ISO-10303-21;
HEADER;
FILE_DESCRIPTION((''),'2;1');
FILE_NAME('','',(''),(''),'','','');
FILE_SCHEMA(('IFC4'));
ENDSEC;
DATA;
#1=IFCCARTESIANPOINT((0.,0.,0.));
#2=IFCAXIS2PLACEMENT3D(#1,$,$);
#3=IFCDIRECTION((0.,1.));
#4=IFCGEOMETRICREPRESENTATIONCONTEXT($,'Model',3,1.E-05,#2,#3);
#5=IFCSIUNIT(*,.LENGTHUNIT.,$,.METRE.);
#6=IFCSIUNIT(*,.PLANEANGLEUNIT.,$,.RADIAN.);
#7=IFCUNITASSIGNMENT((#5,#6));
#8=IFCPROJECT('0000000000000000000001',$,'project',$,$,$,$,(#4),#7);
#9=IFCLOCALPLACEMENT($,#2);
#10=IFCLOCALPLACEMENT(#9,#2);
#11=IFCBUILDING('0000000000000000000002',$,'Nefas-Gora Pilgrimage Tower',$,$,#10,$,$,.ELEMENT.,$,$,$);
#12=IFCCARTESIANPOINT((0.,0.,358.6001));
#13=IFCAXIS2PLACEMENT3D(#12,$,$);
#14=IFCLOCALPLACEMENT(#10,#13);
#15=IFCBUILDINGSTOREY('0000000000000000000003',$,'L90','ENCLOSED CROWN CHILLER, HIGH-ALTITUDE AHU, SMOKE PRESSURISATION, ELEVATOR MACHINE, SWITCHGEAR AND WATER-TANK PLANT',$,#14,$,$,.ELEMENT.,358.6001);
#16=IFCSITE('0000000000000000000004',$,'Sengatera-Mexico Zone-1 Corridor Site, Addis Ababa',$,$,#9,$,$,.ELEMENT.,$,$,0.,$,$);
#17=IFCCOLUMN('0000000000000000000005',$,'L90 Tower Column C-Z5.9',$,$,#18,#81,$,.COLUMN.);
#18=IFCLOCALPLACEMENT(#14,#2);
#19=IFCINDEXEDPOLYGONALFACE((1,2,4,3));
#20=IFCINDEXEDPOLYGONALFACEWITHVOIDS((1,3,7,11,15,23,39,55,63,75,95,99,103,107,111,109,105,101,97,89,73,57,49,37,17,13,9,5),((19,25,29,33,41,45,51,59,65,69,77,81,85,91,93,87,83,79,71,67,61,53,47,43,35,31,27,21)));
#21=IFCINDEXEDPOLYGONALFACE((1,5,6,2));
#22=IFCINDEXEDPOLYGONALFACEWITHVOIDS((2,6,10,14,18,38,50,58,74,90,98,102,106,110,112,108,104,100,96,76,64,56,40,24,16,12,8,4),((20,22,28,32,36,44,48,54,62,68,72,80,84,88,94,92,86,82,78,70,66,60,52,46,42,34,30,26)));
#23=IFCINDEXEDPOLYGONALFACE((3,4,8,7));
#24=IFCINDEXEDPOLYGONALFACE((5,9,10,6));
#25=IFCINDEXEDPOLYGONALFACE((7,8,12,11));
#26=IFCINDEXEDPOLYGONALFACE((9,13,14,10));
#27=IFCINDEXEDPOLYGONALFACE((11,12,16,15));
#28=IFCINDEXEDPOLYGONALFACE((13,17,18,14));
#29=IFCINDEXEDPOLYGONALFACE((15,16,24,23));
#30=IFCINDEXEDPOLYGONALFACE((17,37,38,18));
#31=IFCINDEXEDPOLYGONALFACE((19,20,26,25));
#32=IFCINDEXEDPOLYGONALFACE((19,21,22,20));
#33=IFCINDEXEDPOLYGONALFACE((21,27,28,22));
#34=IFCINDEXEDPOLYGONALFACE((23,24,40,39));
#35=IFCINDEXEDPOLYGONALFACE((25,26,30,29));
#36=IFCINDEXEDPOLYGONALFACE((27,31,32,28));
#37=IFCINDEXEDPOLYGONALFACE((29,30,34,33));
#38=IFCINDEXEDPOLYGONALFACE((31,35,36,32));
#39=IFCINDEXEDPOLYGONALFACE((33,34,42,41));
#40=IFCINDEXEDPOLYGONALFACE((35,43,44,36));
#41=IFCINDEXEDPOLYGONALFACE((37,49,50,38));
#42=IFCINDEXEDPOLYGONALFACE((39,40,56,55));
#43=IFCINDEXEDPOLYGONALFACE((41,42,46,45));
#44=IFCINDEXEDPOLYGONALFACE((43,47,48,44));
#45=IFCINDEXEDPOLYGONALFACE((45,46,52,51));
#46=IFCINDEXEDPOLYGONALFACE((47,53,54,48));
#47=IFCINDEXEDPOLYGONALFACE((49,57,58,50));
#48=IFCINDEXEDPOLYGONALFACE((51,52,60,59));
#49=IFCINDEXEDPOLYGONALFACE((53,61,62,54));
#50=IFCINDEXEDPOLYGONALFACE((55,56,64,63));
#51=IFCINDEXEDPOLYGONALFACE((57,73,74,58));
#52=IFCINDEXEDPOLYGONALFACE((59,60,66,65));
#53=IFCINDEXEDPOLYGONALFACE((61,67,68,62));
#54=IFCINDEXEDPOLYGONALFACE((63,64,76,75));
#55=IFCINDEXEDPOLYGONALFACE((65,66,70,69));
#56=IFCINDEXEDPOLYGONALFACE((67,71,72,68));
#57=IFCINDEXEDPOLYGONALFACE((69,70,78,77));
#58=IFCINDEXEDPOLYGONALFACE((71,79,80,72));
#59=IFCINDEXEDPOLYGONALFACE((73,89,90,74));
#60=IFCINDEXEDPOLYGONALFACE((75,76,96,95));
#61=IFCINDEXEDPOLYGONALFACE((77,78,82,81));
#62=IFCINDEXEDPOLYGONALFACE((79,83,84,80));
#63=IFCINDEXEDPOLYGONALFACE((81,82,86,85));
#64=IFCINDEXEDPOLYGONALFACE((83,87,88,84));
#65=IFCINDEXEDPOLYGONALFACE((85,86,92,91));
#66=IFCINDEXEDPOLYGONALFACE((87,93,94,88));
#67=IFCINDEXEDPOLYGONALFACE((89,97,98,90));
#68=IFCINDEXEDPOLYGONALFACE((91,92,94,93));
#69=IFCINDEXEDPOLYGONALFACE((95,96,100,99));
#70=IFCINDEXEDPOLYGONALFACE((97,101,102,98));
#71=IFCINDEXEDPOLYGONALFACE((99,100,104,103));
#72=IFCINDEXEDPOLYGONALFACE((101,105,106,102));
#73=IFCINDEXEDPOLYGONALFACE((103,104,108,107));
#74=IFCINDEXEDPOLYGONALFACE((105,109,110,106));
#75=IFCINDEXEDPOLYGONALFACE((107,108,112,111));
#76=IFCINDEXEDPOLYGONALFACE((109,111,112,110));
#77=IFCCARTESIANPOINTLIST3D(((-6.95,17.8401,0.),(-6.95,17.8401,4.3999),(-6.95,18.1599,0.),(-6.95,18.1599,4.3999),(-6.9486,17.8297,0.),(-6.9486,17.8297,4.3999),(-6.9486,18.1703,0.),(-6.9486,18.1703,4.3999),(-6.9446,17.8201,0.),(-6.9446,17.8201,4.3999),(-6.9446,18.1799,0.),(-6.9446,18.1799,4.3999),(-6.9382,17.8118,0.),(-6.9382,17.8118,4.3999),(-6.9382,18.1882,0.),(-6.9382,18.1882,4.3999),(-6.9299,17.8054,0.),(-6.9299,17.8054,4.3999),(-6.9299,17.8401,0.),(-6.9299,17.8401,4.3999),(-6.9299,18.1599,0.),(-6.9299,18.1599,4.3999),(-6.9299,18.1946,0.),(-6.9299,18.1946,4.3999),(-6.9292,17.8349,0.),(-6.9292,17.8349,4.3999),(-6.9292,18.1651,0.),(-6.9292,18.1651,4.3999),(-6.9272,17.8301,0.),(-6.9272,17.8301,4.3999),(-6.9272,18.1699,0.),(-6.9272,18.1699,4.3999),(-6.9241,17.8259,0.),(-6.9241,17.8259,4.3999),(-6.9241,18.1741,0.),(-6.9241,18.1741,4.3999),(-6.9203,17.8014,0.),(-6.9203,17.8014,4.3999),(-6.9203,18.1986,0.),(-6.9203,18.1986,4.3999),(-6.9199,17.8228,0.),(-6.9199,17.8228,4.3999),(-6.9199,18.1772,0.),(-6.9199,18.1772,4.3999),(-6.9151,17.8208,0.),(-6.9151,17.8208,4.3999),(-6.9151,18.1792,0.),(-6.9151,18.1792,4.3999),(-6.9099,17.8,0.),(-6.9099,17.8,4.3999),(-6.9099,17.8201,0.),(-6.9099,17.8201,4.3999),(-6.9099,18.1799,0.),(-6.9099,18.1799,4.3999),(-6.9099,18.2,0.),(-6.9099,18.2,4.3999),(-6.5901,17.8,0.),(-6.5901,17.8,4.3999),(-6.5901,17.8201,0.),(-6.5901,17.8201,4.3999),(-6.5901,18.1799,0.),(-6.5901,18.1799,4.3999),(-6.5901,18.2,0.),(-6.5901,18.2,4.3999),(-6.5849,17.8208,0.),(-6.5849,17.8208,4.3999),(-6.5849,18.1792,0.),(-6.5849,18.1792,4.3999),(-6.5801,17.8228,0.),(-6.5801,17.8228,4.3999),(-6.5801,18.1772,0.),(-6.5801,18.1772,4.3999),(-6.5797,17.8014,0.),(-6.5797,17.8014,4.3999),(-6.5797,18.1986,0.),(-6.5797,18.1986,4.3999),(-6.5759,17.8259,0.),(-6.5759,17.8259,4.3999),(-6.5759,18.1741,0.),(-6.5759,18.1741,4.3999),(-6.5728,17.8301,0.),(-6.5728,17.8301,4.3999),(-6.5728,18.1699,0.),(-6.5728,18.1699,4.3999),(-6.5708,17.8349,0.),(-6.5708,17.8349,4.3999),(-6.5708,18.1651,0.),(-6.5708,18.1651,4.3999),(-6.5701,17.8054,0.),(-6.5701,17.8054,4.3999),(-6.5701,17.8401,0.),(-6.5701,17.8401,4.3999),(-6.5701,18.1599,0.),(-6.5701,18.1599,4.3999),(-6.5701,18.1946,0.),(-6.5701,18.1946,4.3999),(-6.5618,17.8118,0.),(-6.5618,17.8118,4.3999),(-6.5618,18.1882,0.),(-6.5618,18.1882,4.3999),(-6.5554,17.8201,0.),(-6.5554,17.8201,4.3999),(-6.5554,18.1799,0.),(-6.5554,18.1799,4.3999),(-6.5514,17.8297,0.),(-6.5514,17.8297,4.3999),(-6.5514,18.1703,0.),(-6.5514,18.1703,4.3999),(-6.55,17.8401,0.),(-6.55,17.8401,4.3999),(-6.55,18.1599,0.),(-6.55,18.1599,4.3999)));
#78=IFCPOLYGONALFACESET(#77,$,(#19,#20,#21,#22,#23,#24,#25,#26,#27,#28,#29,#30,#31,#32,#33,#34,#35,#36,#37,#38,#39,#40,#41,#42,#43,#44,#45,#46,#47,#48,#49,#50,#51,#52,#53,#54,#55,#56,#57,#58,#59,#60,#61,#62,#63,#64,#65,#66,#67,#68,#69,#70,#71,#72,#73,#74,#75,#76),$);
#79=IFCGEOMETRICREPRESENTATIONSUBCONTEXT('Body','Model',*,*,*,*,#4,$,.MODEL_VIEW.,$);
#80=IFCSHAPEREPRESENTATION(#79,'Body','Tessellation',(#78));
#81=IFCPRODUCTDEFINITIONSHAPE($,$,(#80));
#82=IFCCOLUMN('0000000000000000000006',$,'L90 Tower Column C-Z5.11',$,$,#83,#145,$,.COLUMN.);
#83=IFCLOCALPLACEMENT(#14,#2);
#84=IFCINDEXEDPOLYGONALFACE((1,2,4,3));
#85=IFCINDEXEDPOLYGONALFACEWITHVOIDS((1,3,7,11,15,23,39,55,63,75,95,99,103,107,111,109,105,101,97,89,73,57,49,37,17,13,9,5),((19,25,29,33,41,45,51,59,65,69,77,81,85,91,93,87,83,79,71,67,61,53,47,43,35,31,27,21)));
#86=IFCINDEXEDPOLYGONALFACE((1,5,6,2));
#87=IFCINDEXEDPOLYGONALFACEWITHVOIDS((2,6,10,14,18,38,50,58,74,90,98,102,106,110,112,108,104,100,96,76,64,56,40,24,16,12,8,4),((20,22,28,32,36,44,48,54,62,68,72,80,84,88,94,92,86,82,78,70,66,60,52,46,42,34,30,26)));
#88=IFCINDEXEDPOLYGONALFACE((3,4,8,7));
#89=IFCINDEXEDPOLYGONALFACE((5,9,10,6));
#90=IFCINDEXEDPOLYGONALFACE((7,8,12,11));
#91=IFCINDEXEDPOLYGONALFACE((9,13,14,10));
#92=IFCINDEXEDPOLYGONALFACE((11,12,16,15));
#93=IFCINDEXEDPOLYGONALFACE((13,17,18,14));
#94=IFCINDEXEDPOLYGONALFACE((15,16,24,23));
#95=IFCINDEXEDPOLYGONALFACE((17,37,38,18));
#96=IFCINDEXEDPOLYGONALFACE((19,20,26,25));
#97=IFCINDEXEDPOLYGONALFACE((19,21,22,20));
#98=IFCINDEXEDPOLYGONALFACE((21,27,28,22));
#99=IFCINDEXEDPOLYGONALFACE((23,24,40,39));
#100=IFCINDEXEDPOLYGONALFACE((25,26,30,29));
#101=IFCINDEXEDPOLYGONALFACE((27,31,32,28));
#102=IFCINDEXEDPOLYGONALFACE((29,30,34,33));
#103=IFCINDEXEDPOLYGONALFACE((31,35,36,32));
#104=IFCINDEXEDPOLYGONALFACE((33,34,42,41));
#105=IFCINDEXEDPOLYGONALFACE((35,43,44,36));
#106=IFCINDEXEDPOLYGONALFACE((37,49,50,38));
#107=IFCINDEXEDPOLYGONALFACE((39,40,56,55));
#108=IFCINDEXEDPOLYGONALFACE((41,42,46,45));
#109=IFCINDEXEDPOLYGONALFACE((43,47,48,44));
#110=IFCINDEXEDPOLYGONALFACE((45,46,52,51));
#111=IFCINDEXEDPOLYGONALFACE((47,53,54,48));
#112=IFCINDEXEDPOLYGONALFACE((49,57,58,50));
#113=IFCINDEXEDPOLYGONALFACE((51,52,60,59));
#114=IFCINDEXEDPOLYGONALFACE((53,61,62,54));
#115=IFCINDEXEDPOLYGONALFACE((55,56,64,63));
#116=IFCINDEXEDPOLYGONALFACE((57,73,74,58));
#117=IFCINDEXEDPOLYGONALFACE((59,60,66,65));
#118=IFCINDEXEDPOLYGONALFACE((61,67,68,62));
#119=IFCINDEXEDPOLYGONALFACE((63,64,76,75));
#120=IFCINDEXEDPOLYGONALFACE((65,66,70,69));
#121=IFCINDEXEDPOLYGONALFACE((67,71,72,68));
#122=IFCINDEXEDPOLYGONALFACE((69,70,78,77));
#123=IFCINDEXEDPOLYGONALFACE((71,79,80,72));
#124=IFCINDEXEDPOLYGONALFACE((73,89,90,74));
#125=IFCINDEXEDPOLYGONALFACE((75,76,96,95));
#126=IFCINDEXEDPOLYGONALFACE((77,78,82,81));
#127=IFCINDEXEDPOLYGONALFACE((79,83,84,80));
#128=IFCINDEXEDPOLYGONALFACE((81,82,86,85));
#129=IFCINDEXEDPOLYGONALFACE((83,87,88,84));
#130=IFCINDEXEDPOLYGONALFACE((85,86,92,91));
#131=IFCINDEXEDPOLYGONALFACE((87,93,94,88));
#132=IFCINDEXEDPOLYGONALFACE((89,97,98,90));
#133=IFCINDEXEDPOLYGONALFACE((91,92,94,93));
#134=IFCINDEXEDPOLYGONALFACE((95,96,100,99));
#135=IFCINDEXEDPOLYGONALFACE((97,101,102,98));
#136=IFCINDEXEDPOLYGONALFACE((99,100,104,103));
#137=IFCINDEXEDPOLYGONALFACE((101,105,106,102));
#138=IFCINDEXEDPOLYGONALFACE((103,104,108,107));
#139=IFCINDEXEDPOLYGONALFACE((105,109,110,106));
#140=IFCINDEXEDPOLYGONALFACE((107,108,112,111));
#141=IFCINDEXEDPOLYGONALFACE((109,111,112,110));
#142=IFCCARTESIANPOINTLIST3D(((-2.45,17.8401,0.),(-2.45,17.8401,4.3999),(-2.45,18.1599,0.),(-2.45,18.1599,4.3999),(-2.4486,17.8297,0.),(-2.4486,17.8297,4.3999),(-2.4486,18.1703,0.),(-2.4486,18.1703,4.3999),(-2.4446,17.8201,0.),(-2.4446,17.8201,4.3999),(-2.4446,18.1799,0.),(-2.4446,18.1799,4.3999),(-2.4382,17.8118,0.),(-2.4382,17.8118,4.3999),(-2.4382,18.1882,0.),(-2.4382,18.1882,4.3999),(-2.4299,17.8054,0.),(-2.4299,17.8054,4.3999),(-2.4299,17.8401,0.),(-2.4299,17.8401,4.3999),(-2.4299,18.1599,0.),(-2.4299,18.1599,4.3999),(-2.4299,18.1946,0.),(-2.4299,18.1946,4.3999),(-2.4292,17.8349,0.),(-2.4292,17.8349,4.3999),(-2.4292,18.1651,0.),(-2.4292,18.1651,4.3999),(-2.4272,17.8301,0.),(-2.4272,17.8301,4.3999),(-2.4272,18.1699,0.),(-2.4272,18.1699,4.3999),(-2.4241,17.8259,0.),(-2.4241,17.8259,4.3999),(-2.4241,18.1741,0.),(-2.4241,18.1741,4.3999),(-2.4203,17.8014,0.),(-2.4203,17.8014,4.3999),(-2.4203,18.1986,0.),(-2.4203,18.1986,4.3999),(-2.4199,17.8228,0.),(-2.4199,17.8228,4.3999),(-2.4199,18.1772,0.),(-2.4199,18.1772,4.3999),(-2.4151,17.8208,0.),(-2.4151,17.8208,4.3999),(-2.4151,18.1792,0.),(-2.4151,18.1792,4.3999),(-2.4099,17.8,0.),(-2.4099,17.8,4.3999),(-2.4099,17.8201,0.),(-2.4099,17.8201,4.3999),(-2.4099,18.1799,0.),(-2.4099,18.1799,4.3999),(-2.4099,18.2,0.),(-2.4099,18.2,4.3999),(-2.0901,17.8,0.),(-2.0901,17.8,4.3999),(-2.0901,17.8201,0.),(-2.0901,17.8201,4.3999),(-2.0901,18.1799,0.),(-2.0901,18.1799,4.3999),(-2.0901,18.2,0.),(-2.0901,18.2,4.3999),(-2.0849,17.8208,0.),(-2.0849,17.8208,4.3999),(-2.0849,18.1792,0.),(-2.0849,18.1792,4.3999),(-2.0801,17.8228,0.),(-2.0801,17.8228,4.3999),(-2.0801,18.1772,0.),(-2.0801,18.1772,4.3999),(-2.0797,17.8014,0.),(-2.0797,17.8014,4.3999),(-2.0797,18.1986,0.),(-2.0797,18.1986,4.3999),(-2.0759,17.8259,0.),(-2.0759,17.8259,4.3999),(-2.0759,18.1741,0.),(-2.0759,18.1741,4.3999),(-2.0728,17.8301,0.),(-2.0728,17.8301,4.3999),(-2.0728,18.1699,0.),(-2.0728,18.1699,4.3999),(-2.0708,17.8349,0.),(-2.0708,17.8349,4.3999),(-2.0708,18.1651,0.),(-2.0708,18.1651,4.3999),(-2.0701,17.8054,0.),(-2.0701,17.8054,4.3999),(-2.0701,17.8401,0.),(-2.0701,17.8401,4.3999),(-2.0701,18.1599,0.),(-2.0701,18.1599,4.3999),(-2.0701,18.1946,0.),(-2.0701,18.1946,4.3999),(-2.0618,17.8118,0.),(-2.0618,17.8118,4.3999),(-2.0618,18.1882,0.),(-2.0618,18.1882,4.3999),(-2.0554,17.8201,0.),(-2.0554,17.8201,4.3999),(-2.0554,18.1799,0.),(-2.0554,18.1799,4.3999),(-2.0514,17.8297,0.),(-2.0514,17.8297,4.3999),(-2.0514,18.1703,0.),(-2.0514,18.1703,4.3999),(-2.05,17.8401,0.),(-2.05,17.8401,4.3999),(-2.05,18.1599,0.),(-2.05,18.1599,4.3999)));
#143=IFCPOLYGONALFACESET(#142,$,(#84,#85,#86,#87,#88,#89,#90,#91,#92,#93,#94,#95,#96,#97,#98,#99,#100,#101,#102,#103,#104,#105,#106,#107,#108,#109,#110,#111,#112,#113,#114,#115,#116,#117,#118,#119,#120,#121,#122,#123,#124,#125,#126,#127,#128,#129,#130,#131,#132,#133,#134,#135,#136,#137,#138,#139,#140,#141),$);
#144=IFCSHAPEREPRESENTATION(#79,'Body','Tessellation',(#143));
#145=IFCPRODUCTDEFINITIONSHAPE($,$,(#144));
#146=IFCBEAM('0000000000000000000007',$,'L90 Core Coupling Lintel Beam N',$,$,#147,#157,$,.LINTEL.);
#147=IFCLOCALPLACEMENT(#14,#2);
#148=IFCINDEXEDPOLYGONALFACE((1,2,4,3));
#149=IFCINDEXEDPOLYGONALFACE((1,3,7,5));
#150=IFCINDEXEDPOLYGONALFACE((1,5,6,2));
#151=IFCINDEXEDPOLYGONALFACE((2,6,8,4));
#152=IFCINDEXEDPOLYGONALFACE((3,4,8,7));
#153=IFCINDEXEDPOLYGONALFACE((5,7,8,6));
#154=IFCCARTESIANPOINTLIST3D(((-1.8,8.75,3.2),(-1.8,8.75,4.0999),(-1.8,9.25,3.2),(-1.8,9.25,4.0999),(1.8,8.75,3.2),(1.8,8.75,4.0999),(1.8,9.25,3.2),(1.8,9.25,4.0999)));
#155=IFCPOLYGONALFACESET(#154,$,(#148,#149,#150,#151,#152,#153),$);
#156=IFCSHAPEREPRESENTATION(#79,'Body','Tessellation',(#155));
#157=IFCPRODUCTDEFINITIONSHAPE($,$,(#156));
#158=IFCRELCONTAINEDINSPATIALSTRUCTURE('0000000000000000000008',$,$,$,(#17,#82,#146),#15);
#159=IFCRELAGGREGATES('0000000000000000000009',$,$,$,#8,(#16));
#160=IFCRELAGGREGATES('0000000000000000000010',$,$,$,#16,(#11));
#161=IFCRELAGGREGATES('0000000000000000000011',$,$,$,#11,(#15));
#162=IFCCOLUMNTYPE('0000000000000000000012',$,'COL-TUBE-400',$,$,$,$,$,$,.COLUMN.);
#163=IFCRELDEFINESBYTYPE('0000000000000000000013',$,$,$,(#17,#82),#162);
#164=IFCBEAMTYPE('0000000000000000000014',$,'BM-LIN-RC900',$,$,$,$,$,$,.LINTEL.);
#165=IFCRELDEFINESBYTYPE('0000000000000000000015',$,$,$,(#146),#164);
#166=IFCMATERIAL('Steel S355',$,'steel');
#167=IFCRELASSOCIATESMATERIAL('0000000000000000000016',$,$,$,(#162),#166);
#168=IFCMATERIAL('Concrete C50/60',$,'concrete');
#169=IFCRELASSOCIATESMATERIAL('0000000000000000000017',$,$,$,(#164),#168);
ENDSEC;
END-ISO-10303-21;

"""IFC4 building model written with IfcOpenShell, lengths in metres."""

from ifc_helpers import new_model, si_unit, direction, frame, origin, origin_2d, place, context, subcontext, project, spatial, rectangle, hollow_rectangle, extrude, source, transform, mapped, material, material_profile, profile_set, type_object, element, save


model = new_model("IFC4")

# Units and contexts
model_context = context("Model", 3, precision=1e-05, world=origin(), true_north=direction((0.0, 1.0)))
body_context = subcontext(model_context, "Body", "Model", "MODEL_VIEW")
ifc_project = project(units=[si_unit("LENGTHUNIT", "METRE"), si_unit("PLANEANGLEUNIT", "RADIAN")], contexts=[model_context])

# Site, building, storey
site_placement = place(None, origin())
site = spatial("IfcSite", under=ifc_project, at=site_placement, Name="Sengatera-Mexico Zone-1 Corridor Site, Addis Ababa", CompositionType="ELEMENT", RefElevation=0.0)
building_placement = place(site_placement, origin())
building = spatial("IfcBuilding", under=site, at=building_placement, Name="Nefas-Gora Pilgrimage Tower", CompositionType="ELEMENT")
storey_placement = place(building_placement, frame((0.0, 0.0, 358.6001)))
storey = spatial("IfcBuildingStorey", under=building, at=storey_placement, Name="L90", Description="ENCLOSED CROWN CHILLER, HIGH-ALTITUDE AHU, SMOKE PRESSURISATION, ELEVATOR MACHINE, SWITCHGEAR AND WATER-TANK PLANT", CompositionType="ELEMENT", Elevation=358.6001)

# Columns
ifc_material_1 = material(Name="Steel S355", Category="steel")
ifc_material_profile_1 = material_profile(ifc_material_1, hollow_rectangle(XDim=0.3999, YDim=0.3999, WallThickness=0.02, InnerFilletRadius=0.02, OuterFilletRadius=0.04, at=origin_2d()), Name="SHS 400x400x20")
ifc_profile_set_1 = profile_set([ifc_material_profile_1], Name="Steel S355")
column_type = type_object("IfcColumnType", Name="COL-TUBE-400", PredefinedType="COLUMN", material=ifc_profile_set_1)
shared_shape_1 = source(origin(), body_context, "Body", "SweptSolid", [
    extrude(hollow_rectangle(XDim=0.3999, YDim=0.3999, WallThickness=0.02, InnerFilletRadius=0.02, OuterFilletRadius=0.04, at=origin_2d()), origin(), (0.0, 0.0, 1.0), 4.3999),
])
for number, where, z_axis, x_axis, name in (
    (1, (-6.75, 18.0, 0.0), (0.0, 0.0, 1.0), (1.0, 0.0, 0.0), "L90 Tower Column C-Z5.9"),
    (2, (-2.25, 18.0, 0.0), (0.0, 0.0, 1.0), (1.0, 0.0, 0.0), "L90 Tower Column C-Z5.11"),
):
    element("IfcColumn", number, at=place(storey_placement, frame(where, z_axis=z_axis, x_axis=x_axis)), inside=storey, type_object=column_type, Name=name, PredefinedType="COLUMN", context=body_context, shape_type="MappedRepresentation", body=[
        mapped(shared_shape_1, transform((0.0, 0.0, 0.0), x_axis=(1.0, 0.0, 0.0), y_axis=(0.0, 1.0, 0.0), z_axis=(0.0, 0.0, 1.0), scale=1.0)),
    ])

# Beam
ifc_material_2 = material(Name="Concrete C50/60", Category="concrete")
ifc_material_profile_2 = material_profile(ifc_material_2, rectangle(XDim=0.5, YDim=0.8999, at=origin_2d()), Name="RC 500x900")
ifc_profile_set_2 = profile_set([ifc_material_profile_2], Name="Concrete C50/60")
beam_type_1 = type_object("IfcBeamType", Name="BM-LIN-RC900", PredefinedType="LINTEL", material=ifc_profile_set_2)
shared_shape_2 = source(origin(), body_context, "Body", "SweptSolid", [
    extrude(rectangle(XDim=0.5, YDim=0.8999, at=origin_2d()), origin(), (0.0, 0.0, 1.0), 3.6001),
])
beam_placement = place(storey_placement, frame((-1.8, 9.0, 3.6499), z_axis=(1.0, 0.0, 0.0), x_axis=(0.0, 1.0, 0.0)))
element("IfcBeam", 3, at=beam_placement, inside=storey, type_object=beam_type_1, Name="L90 Core Coupling Lintel Beam N", PredefinedType="LINTEL", context=body_context, shape_type="MappedRepresentation", body=[
    mapped(shared_shape_2, transform((0.0, 0.0, 0.0), x_axis=(1.0, 0.0, 0.0), y_axis=(0.0, 1.0, 0.0), z_axis=(0.0, 0.0, 1.0), scale=1.0)),
])

save(model, "model.ifc")
